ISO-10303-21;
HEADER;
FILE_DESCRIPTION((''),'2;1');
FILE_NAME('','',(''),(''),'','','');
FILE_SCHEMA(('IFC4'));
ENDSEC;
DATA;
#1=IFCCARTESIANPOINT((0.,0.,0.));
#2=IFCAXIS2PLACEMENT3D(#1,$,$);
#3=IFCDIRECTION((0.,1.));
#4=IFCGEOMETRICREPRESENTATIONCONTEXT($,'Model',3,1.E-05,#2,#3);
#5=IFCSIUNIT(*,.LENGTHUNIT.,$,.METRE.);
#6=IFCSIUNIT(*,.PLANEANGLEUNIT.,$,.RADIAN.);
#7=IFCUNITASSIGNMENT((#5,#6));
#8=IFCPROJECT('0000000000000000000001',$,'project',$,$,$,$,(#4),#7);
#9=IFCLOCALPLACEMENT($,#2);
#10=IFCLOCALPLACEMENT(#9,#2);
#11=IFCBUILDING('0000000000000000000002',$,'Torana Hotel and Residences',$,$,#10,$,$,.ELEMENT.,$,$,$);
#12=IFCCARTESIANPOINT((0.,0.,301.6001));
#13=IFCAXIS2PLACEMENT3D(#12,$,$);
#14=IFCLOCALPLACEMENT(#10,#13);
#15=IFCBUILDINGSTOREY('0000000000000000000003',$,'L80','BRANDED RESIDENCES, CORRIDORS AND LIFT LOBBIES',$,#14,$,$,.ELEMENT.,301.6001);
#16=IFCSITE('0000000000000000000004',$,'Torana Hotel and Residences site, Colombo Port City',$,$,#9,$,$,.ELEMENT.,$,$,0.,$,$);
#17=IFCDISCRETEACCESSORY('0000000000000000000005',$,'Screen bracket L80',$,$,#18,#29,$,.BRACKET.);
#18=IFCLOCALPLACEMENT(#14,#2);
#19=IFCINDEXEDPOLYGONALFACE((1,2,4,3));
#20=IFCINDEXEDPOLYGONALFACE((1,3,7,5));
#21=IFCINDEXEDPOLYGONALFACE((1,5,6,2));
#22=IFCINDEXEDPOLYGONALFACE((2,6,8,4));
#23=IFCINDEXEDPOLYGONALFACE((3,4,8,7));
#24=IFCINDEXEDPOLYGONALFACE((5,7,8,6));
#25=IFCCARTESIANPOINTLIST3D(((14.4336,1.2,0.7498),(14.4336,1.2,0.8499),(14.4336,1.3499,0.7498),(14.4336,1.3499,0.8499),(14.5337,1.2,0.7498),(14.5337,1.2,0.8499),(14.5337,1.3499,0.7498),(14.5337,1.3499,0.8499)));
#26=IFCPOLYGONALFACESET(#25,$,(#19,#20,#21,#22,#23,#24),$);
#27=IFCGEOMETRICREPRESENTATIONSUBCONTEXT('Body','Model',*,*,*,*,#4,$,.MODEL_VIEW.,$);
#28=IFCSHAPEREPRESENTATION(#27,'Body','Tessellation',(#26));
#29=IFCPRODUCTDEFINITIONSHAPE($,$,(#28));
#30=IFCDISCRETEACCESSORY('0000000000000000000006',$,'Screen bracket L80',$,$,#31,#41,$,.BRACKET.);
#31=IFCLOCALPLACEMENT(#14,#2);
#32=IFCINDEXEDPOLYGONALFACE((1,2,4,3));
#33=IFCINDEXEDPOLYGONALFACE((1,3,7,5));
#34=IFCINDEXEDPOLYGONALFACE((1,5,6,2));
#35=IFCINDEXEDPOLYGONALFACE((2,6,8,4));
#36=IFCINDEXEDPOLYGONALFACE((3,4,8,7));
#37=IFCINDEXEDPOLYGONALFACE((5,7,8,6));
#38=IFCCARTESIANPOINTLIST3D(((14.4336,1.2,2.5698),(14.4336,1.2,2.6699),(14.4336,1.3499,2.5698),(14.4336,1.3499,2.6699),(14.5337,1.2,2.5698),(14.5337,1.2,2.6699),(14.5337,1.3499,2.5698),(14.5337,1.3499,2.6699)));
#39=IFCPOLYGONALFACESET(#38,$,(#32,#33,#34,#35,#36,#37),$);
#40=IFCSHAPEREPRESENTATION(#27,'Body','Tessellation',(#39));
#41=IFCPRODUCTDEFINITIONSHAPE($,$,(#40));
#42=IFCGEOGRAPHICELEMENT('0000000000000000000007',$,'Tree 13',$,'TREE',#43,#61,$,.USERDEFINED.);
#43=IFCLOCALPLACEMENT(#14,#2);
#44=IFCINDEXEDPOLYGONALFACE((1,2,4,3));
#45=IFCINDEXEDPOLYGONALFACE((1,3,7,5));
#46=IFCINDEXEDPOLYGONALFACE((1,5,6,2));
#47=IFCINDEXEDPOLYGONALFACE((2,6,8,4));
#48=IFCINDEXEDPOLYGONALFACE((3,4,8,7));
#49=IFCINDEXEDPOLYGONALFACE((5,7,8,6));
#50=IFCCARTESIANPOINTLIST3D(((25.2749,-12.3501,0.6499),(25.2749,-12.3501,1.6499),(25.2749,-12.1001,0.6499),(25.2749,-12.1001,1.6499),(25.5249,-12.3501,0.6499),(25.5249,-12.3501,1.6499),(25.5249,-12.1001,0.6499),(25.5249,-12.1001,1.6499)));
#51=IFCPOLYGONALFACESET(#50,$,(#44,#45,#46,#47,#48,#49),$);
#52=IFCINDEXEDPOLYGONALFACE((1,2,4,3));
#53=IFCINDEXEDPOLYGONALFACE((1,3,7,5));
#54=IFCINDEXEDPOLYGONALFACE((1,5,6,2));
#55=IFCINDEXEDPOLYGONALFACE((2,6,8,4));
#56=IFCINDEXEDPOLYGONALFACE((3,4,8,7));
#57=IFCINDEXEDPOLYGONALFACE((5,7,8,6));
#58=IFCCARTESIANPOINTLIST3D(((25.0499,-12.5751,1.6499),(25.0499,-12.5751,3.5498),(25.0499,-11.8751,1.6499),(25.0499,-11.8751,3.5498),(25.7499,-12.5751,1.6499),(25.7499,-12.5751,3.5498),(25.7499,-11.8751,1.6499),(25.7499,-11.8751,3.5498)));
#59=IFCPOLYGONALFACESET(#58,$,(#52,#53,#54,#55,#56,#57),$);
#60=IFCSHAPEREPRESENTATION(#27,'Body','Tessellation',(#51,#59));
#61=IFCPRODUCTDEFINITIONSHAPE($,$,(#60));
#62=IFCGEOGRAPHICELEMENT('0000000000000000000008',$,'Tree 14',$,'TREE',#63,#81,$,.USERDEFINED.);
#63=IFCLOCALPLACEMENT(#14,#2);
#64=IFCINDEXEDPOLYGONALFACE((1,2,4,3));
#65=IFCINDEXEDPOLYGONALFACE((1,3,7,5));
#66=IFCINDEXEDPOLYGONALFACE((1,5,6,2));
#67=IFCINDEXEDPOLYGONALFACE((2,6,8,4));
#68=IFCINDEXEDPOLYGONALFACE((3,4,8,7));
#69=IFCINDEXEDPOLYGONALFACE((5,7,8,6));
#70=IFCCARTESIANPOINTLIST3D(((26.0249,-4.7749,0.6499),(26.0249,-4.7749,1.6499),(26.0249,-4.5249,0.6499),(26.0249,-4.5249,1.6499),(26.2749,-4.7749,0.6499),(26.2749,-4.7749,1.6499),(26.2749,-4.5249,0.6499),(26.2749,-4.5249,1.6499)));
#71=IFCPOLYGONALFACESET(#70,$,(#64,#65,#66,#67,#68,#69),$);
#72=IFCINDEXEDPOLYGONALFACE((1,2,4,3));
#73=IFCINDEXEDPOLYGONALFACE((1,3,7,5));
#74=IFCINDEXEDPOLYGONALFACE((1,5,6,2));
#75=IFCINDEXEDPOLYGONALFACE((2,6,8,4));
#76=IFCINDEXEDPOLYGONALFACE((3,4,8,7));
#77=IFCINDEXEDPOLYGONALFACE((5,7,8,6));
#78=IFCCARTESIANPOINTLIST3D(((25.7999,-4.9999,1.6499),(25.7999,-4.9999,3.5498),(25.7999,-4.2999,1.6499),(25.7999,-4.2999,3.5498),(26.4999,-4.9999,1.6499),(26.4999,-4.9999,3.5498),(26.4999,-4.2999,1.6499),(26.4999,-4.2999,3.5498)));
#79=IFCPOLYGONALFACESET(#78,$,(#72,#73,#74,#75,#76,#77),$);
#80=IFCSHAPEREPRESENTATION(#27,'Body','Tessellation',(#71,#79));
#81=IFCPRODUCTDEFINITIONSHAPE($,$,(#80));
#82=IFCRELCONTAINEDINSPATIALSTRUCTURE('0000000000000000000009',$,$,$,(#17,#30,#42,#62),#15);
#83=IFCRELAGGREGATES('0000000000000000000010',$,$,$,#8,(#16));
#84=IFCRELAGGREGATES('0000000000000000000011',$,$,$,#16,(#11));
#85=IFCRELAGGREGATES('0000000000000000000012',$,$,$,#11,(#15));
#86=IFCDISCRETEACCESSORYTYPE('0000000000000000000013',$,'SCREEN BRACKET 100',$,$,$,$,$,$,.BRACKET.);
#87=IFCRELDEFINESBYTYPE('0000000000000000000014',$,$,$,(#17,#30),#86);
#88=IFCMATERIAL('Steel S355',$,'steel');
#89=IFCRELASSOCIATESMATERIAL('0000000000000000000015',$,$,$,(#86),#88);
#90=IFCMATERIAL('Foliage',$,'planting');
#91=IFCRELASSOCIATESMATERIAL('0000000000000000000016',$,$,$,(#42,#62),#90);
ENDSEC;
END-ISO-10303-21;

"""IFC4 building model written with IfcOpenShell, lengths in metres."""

from ifc_helpers import new_model, si_unit, direction, frame, origin, origin_2d, place, context, subcontext, project, spatial, rectangle, extrude, material, type_object, element, save


model = new_model("IFC4")

# Units and contexts
model_context = context("Model", 3, precision=1e-05, world=origin(), true_north=direction((0.0, 1.0)))
body_context = subcontext(model_context, "Body", "Model", "MODEL_VIEW")
ifc_project = project(units=[si_unit("LENGTHUNIT", "METRE"), si_unit("PLANEANGLEUNIT", "RADIAN")], contexts=[model_context])

# Site, building, storey
site_placement = place(None, origin())
site = spatial("IfcSite", under=ifc_project, at=site_placement, Name="Torana Hotel and Residences site, Colombo Port City", CompositionType="ELEMENT", RefElevation=0.0)
building_placement = place(site_placement, origin())
building = spatial("IfcBuilding", under=site, at=building_placement, Name="Torana Hotel and Residences", CompositionType="ELEMENT")
storey_placement = place(building_placement, frame((0.0, 0.0, 301.6001)))
storey = spatial("IfcBuildingStorey", under=building, at=storey_placement, Name="L80", Description="BRANDED RESIDENCES, CORRIDORS AND LIFT LOBBIES", CompositionType="ELEMENT", Elevation=301.6001)

# Discrete accessories
ifc_material_1 = material(Name="Steel S355", Category="steel")
discrete_accessory_type = type_object("IfcDiscreteAccessoryType", Name="SCREEN BRACKET 100", PredefinedType="BRACKET", material=ifc_material_1)
for number, where, z_axis, x_axis, name in (
    (1, (14.4836, 1.2749, 0.7498), (0.0, 0.0, 1.0), (-1.0, 0.0, 0.0), "Screen bracket L80"),
    (2, (14.4836, 1.2749, 2.5698), (0.0, 0.0, 1.0), (-1.0, 0.0, 0.0), "Screen bracket L80"),
):
    element("IfcDiscreteAccessory", number, at=place(storey_placement, frame(where, z_axis=z_axis, x_axis=x_axis)), inside=storey, type_object=discrete_accessory_type, Name=name, PredefinedType="BRACKET", context=body_context, shape_type="SweptSolid", body=[
        extrude(rectangle(XDim=0.1001, YDim=0.1499, at=origin_2d()), origin(), (0.0, 0.0, 1.0), 0.1001),
    ])

# Geographic elements
ifc_material_2 = material(Name="Foliage", Category="planting")
for number, where, z_axis, x_axis, name in (
    (3, (25.3999, -12.2251, 0.6499), (0.0, 0.0, 1.0), (1.0, 0.0, 0.0), "Tree 13"),
    (4, (26.1499, -4.6499, 0.6499), (0.0, 0.0, 1.0), (1.0, 0.0, 0.0), "Tree 14"),
):
    element("IfcGeographicElement", number, at=place(storey_placement, frame(where, z_axis=z_axis, x_axis=x_axis)), inside=storey, material=ifc_material_2, Name=name, ObjectType="TREE", PredefinedType="USERDEFINED", context=body_context, shape_type="SweptSolid", body=[
        extrude(rectangle(XDim=0.25, YDim=0.25, at=origin_2d()), origin(), (0.0, 0.0, 1.0), 1.0),
        extrude(rectangle(XDim=0.7, YDim=0.7, at=origin_2d()), frame((0.0, 0.0, 1.0)), (0.0, 0.0, 1.0), 1.8999),
    ])

save(model, "model.ifc")
